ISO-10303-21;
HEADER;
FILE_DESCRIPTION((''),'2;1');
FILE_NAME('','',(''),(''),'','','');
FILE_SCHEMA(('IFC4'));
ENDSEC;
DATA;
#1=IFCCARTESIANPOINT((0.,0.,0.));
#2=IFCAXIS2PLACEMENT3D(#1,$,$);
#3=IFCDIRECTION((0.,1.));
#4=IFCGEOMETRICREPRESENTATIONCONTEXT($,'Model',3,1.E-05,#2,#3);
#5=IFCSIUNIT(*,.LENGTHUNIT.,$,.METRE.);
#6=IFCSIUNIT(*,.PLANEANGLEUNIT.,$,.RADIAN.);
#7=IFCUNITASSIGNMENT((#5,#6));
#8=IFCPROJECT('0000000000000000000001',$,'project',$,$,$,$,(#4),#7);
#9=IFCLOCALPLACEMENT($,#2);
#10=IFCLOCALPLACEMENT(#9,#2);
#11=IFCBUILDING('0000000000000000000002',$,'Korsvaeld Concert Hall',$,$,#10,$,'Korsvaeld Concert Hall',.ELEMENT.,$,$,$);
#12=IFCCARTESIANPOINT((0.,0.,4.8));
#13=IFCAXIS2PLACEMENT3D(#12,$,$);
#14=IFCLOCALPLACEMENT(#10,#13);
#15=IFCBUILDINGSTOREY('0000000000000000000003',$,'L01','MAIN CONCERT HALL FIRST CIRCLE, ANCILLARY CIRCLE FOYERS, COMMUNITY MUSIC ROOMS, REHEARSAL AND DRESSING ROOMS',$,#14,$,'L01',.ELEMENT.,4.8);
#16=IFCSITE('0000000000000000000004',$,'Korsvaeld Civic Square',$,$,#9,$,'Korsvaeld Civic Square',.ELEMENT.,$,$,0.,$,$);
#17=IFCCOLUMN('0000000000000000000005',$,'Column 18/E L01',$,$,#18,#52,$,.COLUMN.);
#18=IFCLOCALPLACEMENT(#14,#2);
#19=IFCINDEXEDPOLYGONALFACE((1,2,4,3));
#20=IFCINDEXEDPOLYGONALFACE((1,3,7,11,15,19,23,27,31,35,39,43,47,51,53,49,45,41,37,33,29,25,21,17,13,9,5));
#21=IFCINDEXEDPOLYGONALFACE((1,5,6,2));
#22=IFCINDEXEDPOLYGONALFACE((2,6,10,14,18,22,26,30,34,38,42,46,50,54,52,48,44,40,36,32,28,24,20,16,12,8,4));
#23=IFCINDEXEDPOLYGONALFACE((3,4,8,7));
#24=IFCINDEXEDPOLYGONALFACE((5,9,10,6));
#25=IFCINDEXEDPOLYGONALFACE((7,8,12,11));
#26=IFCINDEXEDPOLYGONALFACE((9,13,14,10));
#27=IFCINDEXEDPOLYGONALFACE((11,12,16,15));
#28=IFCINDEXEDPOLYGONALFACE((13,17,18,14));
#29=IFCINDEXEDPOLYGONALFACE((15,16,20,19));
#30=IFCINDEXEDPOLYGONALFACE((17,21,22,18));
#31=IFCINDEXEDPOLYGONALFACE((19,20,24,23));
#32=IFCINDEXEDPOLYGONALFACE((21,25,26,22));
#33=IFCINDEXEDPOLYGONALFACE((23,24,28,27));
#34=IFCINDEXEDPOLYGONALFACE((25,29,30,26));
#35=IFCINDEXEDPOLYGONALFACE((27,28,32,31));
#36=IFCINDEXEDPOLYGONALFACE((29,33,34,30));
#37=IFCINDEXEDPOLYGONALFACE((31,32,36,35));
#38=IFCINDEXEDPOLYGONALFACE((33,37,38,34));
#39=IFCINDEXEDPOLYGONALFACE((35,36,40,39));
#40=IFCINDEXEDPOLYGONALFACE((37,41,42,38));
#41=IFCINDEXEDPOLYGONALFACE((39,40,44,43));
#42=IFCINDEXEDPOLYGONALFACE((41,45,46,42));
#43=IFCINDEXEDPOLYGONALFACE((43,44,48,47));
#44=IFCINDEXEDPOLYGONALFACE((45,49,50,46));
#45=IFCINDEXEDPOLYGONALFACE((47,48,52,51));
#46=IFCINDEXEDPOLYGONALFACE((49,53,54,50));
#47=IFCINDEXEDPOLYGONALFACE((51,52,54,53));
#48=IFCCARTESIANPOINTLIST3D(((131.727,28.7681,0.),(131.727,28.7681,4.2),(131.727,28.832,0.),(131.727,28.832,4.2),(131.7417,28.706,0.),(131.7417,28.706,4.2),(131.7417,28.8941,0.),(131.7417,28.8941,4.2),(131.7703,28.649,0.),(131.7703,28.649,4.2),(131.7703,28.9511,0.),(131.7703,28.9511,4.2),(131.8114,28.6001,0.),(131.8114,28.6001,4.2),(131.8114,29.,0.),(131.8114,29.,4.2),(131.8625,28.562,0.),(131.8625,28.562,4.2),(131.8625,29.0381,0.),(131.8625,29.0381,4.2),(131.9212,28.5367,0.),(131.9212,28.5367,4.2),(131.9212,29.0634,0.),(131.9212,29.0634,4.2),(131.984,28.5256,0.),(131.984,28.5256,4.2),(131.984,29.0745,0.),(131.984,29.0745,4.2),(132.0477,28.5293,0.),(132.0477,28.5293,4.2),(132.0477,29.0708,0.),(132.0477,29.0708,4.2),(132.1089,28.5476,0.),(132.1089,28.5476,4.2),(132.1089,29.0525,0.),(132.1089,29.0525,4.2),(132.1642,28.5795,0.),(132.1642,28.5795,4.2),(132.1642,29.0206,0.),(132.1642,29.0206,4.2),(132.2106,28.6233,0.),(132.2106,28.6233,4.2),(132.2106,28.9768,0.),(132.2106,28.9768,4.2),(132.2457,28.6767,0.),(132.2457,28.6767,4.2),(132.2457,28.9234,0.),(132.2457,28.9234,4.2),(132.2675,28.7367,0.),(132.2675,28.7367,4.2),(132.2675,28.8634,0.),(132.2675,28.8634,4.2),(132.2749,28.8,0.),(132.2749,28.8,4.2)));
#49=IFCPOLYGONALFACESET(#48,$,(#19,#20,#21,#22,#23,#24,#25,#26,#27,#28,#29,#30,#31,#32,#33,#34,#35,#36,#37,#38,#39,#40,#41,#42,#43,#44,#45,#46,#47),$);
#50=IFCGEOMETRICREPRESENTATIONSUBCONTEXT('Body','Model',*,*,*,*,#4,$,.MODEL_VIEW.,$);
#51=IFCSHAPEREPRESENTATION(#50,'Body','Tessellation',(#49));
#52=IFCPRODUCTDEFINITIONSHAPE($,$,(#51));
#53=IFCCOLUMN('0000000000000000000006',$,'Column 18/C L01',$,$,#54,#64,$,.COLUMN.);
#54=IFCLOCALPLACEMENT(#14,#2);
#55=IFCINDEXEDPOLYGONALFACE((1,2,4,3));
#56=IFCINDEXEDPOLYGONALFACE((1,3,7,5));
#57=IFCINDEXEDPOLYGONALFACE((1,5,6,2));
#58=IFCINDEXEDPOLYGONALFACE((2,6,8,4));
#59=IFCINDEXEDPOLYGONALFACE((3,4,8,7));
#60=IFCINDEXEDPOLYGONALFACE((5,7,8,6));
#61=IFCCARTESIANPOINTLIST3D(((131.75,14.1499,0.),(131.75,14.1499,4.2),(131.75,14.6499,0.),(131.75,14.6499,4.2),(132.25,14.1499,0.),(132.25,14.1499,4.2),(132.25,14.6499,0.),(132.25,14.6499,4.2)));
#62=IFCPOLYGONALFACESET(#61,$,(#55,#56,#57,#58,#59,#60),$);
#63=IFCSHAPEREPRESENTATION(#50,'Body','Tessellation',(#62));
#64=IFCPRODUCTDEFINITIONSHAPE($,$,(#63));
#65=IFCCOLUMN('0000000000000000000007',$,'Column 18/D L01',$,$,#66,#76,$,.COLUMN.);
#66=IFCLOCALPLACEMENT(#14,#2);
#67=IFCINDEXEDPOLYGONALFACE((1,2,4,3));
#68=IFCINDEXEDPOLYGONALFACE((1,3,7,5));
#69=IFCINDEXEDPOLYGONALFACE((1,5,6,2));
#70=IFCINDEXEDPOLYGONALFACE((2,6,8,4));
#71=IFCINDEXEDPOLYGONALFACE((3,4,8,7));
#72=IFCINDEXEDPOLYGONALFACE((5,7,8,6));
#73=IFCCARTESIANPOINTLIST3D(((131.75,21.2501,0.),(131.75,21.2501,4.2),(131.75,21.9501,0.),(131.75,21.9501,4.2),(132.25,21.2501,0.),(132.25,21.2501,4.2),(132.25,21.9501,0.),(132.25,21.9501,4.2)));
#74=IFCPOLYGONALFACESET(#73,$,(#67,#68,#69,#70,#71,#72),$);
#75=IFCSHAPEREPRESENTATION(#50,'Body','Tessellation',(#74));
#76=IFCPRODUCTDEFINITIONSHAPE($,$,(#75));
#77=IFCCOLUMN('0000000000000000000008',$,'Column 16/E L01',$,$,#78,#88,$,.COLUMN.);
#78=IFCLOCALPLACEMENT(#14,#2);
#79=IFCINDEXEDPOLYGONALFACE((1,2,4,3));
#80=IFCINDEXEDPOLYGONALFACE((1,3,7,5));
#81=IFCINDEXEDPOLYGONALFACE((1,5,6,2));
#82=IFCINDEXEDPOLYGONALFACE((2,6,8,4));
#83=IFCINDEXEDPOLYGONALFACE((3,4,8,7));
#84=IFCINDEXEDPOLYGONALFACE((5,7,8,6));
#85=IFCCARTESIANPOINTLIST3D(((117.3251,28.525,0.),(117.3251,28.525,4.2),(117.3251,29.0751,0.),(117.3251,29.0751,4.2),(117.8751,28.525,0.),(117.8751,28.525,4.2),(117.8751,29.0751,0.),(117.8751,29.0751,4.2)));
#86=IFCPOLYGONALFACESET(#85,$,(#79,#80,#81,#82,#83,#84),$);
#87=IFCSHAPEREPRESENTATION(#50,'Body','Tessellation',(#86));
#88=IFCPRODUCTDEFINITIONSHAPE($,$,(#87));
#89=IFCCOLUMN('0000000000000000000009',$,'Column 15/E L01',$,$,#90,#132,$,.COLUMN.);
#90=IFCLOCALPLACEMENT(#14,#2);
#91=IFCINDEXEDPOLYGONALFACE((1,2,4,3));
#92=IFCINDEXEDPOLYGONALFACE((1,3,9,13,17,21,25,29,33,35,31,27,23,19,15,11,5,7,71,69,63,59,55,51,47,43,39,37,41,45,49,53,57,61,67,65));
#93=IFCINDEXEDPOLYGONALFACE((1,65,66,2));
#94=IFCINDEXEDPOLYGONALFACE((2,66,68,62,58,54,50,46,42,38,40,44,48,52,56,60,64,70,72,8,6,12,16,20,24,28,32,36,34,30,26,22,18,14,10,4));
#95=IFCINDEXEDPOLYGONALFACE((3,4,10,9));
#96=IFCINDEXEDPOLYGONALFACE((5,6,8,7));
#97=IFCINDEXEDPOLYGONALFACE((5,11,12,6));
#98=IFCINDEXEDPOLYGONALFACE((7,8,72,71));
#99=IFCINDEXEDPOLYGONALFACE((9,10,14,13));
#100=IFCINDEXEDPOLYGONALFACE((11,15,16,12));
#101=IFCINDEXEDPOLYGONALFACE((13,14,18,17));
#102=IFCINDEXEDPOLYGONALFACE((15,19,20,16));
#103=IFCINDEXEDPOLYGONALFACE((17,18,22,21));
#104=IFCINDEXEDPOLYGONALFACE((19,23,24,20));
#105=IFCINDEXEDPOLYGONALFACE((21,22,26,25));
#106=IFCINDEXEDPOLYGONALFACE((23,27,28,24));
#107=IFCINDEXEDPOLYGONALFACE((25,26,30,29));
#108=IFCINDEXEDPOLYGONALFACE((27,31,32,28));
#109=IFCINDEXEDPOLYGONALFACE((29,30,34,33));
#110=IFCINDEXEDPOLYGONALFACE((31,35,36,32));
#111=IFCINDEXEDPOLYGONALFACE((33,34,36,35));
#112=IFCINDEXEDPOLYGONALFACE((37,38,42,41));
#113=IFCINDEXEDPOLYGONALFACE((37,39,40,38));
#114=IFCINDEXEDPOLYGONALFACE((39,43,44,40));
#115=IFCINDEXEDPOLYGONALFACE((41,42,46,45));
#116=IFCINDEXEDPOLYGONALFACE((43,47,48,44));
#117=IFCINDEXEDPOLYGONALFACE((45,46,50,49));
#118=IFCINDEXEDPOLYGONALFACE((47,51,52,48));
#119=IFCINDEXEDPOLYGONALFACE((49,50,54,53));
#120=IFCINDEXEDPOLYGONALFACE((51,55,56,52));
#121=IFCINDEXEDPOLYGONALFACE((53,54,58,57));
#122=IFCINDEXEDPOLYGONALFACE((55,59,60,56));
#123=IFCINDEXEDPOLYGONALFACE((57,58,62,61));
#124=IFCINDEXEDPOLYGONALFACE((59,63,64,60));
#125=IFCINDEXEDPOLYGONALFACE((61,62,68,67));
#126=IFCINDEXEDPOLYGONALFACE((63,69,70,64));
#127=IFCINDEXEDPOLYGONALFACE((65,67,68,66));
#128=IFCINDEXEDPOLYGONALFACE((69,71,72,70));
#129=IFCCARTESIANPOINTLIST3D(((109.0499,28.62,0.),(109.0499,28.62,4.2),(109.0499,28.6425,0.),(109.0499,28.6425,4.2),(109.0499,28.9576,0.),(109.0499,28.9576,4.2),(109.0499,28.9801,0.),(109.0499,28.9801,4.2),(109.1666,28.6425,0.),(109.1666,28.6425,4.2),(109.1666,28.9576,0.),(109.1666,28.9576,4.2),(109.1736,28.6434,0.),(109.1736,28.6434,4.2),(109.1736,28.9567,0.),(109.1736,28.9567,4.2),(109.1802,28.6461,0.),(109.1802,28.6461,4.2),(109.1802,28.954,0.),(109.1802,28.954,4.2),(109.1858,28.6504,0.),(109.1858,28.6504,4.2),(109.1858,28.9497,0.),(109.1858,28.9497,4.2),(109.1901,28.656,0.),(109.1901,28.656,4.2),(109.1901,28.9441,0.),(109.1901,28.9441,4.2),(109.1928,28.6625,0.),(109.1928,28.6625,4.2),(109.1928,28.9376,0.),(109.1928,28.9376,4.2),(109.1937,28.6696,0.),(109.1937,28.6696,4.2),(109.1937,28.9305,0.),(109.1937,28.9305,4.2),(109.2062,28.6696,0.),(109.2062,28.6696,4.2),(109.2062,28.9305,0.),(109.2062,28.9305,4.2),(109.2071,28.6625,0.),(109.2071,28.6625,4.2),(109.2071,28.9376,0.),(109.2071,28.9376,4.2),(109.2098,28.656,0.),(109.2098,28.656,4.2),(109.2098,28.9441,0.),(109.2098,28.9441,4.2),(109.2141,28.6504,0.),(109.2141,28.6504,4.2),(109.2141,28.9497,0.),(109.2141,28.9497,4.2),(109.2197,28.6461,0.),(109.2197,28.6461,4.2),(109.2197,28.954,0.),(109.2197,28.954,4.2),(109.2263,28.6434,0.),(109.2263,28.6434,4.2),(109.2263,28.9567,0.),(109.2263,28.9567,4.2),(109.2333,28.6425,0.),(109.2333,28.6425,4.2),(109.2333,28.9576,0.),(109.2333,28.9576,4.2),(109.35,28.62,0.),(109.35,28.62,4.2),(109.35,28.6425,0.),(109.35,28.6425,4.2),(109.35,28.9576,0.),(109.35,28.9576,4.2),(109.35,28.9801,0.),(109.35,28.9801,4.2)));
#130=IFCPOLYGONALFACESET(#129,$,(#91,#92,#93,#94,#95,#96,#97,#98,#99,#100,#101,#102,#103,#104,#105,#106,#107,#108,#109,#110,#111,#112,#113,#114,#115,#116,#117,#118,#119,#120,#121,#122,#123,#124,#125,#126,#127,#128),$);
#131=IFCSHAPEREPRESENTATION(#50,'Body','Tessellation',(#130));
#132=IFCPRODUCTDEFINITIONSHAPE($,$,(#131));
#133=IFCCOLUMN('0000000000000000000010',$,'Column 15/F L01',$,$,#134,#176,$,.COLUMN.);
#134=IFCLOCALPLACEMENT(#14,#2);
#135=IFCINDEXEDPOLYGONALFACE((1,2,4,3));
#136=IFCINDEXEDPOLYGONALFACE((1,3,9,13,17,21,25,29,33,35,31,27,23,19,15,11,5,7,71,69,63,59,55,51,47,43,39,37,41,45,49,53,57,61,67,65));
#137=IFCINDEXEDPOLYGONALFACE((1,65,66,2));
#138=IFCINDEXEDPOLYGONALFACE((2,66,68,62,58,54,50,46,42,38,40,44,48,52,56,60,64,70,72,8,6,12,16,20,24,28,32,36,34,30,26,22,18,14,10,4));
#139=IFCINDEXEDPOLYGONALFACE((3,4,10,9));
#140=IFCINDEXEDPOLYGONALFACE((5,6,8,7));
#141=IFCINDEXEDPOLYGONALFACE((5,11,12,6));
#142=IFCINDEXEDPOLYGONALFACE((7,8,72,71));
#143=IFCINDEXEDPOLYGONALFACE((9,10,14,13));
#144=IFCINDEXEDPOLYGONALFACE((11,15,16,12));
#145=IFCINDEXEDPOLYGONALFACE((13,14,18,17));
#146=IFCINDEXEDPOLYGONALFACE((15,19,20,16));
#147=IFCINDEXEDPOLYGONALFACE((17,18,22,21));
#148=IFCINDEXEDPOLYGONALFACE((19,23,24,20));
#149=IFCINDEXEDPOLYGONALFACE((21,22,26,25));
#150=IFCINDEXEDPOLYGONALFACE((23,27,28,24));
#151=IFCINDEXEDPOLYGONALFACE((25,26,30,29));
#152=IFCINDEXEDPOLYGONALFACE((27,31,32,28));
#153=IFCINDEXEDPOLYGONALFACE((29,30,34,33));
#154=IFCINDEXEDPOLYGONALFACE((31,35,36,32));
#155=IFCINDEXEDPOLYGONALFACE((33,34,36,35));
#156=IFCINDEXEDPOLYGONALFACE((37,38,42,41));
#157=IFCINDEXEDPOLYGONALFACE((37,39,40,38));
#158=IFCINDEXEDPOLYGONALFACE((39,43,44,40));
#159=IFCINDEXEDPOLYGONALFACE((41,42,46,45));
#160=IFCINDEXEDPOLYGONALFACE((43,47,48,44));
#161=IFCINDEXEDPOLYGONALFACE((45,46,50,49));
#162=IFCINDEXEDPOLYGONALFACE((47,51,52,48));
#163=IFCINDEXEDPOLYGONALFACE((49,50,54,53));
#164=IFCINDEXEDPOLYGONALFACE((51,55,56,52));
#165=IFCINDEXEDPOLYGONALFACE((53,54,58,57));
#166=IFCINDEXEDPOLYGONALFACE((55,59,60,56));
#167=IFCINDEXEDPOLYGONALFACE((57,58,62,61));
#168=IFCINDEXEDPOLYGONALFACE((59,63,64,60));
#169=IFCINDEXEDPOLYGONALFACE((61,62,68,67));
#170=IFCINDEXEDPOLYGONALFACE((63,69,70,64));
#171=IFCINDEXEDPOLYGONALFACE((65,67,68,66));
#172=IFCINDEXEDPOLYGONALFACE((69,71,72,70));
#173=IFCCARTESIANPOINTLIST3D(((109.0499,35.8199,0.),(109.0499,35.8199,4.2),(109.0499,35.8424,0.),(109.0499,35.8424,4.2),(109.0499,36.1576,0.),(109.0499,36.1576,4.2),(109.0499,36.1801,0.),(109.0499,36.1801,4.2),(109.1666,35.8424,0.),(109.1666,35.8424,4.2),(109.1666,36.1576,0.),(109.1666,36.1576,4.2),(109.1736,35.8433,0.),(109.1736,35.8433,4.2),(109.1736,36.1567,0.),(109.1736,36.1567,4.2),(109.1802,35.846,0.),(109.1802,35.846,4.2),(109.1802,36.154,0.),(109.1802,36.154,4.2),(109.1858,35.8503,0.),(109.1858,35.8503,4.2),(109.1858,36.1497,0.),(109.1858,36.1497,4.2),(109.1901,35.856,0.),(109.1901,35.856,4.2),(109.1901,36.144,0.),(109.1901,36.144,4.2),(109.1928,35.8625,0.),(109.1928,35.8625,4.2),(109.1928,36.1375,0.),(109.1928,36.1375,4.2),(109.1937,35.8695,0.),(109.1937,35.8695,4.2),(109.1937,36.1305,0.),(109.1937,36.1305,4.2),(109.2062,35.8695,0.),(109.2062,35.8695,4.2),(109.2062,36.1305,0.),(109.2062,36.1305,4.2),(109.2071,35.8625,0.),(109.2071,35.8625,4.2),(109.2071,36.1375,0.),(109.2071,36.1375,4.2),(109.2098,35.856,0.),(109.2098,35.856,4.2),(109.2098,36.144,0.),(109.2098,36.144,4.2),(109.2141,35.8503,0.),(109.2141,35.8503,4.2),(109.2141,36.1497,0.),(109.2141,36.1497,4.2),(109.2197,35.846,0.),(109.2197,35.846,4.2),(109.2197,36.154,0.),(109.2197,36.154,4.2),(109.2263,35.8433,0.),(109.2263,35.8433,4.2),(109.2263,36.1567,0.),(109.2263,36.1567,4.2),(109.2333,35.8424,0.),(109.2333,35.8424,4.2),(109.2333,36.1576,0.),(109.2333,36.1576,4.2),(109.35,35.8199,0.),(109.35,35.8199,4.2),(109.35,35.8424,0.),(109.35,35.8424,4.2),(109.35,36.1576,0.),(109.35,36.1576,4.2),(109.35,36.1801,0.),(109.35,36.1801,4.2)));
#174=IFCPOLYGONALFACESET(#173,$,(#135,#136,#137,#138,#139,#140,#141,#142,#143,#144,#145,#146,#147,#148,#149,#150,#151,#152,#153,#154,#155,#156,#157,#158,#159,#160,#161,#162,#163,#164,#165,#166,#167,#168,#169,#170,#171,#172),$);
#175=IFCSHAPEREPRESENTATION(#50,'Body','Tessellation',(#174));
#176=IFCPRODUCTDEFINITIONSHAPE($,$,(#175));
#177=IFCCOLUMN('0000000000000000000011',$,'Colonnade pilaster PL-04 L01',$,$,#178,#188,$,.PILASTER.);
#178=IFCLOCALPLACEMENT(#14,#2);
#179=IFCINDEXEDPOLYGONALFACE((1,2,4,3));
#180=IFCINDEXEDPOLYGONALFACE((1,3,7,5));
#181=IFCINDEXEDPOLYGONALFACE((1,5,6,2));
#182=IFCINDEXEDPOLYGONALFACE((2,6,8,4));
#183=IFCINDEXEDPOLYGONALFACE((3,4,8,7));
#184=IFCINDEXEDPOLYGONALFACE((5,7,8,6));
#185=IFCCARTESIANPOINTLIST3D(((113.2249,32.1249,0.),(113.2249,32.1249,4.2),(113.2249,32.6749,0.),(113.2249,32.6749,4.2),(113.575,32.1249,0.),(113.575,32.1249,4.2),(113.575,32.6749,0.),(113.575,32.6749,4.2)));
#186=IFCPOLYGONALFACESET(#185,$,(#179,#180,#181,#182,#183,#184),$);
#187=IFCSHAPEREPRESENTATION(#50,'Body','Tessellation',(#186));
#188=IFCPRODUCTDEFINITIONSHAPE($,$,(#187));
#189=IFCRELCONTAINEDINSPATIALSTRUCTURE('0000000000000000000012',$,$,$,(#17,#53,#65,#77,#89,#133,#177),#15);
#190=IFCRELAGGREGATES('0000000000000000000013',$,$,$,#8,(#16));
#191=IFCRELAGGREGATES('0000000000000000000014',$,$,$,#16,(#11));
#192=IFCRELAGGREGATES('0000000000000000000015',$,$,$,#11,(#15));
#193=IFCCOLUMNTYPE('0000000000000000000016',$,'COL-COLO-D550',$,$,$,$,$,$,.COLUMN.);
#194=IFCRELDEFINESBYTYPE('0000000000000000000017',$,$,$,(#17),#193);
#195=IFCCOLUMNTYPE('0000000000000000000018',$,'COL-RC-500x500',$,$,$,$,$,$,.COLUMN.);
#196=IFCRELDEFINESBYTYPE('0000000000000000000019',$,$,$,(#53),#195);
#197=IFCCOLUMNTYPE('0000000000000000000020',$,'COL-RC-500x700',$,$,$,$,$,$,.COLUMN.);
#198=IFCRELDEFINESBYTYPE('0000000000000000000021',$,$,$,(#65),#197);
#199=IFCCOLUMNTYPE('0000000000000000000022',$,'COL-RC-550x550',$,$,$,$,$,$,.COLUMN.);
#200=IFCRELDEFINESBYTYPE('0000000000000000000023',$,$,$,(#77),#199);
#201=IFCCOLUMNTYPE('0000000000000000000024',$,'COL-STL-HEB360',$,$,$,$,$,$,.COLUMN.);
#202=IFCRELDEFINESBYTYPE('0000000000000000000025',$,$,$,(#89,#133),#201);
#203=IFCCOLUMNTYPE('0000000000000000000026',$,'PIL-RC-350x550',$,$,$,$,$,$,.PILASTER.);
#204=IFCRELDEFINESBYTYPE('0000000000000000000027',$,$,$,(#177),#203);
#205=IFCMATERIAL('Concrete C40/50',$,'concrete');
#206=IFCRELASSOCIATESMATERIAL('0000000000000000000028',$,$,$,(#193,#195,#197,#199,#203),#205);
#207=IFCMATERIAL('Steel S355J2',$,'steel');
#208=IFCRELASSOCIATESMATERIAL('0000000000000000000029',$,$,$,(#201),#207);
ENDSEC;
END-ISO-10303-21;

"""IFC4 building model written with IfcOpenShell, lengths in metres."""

from ifc_helpers import new_model, si_unit, direction, frame, origin, origin_2d, place, context, subcontext, project, spatial, rectangle, circle, i_section, extrude, material, material_profile, profile_set, type_object, element, save


model = new_model("IFC4")

# Units and contexts
model_context = context("Model", 3, precision=1e-05, world=origin(), true_north=direction((0.0, 1.0)))
body_context = subcontext(model_context, "Body", "Model", "MODEL_VIEW")
ifc_project = project(units=[si_unit("LENGTHUNIT", "METRE"), si_unit("PLANEANGLEUNIT", "RADIAN")], contexts=[model_context])

# Site, building, storey
site_placement = place(None, origin())
site = spatial("IfcSite", under=ifc_project, at=site_placement, Name="Korsvaeld Civic Square", LongName="Korsvaeld Civic Square", CompositionType="ELEMENT", RefElevation=0.0)
building_placement = place(site_placement, origin())
building = spatial("IfcBuilding", under=site, at=building_placement, Name="Korsvaeld Concert Hall", LongName="Korsvaeld Concert Hall", CompositionType="ELEMENT")
storey_placement = place(building_placement, frame((0.0, 0.0, 4.8)))
storey = spatial("IfcBuildingStorey", under=building, at=storey_placement, Name="L01", Description="MAIN CONCERT HALL FIRST CIRCLE, ANCILLARY CIRCLE FOYERS, COMMUNITY MUSIC ROOMS, REHEARSAL AND DRESSING ROOMS", LongName="L01", CompositionType="ELEMENT", Elevation=4.8)

# Columns
ifc_material_1 = material(Name="Concrete C40/50", Category="concrete")
ifc_material_profile_1 = material_profile(ifc_material_1, circle(Radius=0.2749, at=origin_2d()), Name="RC D550")
ifc_profile_set_1 = profile_set([ifc_material_profile_1], Name="Concrete C40/50")
column_type_1 = type_object("IfcColumnType", Name="COL-COLO-D550", PredefinedType="COLUMN", material=ifc_profile_set_1)
column_1_placement = place(storey_placement, frame((132.0, 28.8, 0.0), z_axis=(0.0, 0.0, 1.0), x_axis=(1.0, 0.0, 0.0)))
element("IfcColumn", 1, at=column_1_placement, inside=storey, type_object=column_type_1, Name="Column 18/E L01", PredefinedType="COLUMN", context=body_context, shape_type="SweptSolid", body=[
    extrude(circle(Radius=0.2749, at=origin_2d()), origin(), (0.0, 0.0, 1.0), 4.2),
])
ifc_material_profile_2 = material_profile(ifc_material_1, rectangle(XDim=0.5, YDim=0.5, at=origin_2d()), Name="RC 500x500")
ifc_profile_set_2 = profile_set([ifc_material_profile_2], Name="Concrete C40/50")
column_type_2 = type_object("IfcColumnType", Name="COL-RC-500x500", PredefinedType="COLUMN", material=ifc_profile_set_2)
column_2_placement = place(storey_placement, frame((132.0, 14.3999, 0.0), z_axis=(0.0, 0.0, 1.0), x_axis=(1.0, 0.0, 0.0)))
element("IfcColumn", 2, at=column_2_placement, inside=storey, type_object=column_type_2, Name="Column 18/C L01", PredefinedType="COLUMN", context=body_context, shape_type="SweptSolid", body=[
    extrude(rectangle(XDim=0.5, YDim=0.5, at=origin_2d()), origin(), (0.0, 0.0, 1.0), 4.2),
])
ifc_material_profile_3 = material_profile(ifc_material_1, rectangle(XDim=0.5, YDim=0.7, at=origin_2d()), Name="RC 500x700")
ifc_profile_set_3 = profile_set([ifc_material_profile_3], Name="Concrete C40/50")
column_type_3 = type_object("IfcColumnType", Name="COL-RC-500x700", PredefinedType="COLUMN", material=ifc_profile_set_3)
column_3_placement = place(storey_placement, frame((132.0, 21.6001, 0.0), z_axis=(0.0, 0.0, 1.0), x_axis=(1.0, 0.0, 0.0)))
element("IfcColumn", 3, at=column_3_placement, inside=storey, type_object=column_type_3, Name="Column 18/D L01", PredefinedType="COLUMN", context=body_context, shape_type="SweptSolid", body=[
    extrude(rectangle(XDim=0.5, YDim=0.7, at=origin_2d()), origin(), (0.0, 0.0, 1.0), 4.2),
])
ifc_material_profile_4 = material_profile(ifc_material_1, rectangle(XDim=0.55, YDim=0.55, at=origin_2d()), Name="RC 550x550")
ifc_profile_set_4 = profile_set([ifc_material_profile_4], Name="Concrete C40/50")
column_type_4 = type_object("IfcColumnType", Name="COL-RC-550x550", PredefinedType="COLUMN", material=ifc_profile_set_4)
column_4_placement = place(storey_placement, frame((117.6001, 28.8, 0.0), z_axis=(0.0, 0.0, 1.0), x_axis=(1.0, 0.0, 0.0)))
element("IfcColumn", 4, at=column_4_placement, inside=storey, type_object=column_type_4, Name="Column 16/E L01", PredefinedType="COLUMN", context=body_context, shape_type="SweptSolid", body=[
    extrude(rectangle(XDim=0.55, YDim=0.55, at=origin_2d()), origin(), (0.0, 0.0, 1.0), 4.2),
])
ifc_material_2 = material(Name="Steel S355J2", Category="steel")
ifc_material_profile_5 = material_profile(ifc_material_2, i_section(OverallWidth=0.3, OverallDepth=0.3601, WebThickness=0.0125, FlangeThickness=0.0225, FilletRadius=0.0271, at=origin_2d()), Name="HEB 360")
ifc_profile_set_5 = profile_set([ifc_material_profile_5], Name="Steel S355J2")
column_type_5 = type_object("IfcColumnType", Name="COL-STL-HEB360", PredefinedType="COLUMN", material=ifc_profile_set_5)
for number, where, z_axis, x_axis, name in (
    (5, (109.2, 28.8, 0.0), (0.0, 0.0, 1.0), (1.0, 0.0, 0.0), "Column 15/E L01"),
    (6, (109.2, 36.0, 0.0), (0.0, 0.0, 1.0), (1.0, 0.0, 0.0), "Column 15/F L01"),
):
    element("IfcColumn", number, at=place(storey_placement, frame(where, z_axis=z_axis, x_axis=x_axis)), inside=storey, type_object=column_type_5, Name=name, PredefinedType="COLUMN", context=body_context, shape_type="SweptSolid", body=[
        extrude(i_section(OverallWidth=0.3, OverallDepth=0.3601, WebThickness=0.0125, FlangeThickness=0.0225, FilletRadius=0.0271, at=origin_2d()), origin(), (0.0, 0.0, 1.0), 4.2),
    ])
ifc_material_profile_6 = material_profile(ifc_material_1, rectangle(XDim=0.3501, YDim=0.55, at=origin_2d()), Name="RC 350x550")
ifc_profile_set_6 = profile_set([ifc_material_profile_6], Name="Concrete C40/50")
column_type_6 = type_object("IfcColumnType", Name="PIL-RC-350x550", PredefinedType="PILASTER", material=ifc_profile_set_6)
column_5_placement = place(storey_placement, frame((113.3999, 32.3999, 0.0), z_axis=(0.0, 0.0, 1.0), x_axis=(1.0, 0.0, 0.0)))
element("IfcColumn", 7, at=column_5_placement, inside=storey, type_object=column_type_6, Name="Colonnade pilaster PL-04 L01", PredefinedType="PILASTER", context=body_context, shape_type="SweptSolid", body=[
    extrude(rectangle(XDim=0.3501, YDim=0.55, at=origin_2d()), origin(), (0.0, 0.0, 1.0), 4.2),
])

save(model, "model.ifc")
